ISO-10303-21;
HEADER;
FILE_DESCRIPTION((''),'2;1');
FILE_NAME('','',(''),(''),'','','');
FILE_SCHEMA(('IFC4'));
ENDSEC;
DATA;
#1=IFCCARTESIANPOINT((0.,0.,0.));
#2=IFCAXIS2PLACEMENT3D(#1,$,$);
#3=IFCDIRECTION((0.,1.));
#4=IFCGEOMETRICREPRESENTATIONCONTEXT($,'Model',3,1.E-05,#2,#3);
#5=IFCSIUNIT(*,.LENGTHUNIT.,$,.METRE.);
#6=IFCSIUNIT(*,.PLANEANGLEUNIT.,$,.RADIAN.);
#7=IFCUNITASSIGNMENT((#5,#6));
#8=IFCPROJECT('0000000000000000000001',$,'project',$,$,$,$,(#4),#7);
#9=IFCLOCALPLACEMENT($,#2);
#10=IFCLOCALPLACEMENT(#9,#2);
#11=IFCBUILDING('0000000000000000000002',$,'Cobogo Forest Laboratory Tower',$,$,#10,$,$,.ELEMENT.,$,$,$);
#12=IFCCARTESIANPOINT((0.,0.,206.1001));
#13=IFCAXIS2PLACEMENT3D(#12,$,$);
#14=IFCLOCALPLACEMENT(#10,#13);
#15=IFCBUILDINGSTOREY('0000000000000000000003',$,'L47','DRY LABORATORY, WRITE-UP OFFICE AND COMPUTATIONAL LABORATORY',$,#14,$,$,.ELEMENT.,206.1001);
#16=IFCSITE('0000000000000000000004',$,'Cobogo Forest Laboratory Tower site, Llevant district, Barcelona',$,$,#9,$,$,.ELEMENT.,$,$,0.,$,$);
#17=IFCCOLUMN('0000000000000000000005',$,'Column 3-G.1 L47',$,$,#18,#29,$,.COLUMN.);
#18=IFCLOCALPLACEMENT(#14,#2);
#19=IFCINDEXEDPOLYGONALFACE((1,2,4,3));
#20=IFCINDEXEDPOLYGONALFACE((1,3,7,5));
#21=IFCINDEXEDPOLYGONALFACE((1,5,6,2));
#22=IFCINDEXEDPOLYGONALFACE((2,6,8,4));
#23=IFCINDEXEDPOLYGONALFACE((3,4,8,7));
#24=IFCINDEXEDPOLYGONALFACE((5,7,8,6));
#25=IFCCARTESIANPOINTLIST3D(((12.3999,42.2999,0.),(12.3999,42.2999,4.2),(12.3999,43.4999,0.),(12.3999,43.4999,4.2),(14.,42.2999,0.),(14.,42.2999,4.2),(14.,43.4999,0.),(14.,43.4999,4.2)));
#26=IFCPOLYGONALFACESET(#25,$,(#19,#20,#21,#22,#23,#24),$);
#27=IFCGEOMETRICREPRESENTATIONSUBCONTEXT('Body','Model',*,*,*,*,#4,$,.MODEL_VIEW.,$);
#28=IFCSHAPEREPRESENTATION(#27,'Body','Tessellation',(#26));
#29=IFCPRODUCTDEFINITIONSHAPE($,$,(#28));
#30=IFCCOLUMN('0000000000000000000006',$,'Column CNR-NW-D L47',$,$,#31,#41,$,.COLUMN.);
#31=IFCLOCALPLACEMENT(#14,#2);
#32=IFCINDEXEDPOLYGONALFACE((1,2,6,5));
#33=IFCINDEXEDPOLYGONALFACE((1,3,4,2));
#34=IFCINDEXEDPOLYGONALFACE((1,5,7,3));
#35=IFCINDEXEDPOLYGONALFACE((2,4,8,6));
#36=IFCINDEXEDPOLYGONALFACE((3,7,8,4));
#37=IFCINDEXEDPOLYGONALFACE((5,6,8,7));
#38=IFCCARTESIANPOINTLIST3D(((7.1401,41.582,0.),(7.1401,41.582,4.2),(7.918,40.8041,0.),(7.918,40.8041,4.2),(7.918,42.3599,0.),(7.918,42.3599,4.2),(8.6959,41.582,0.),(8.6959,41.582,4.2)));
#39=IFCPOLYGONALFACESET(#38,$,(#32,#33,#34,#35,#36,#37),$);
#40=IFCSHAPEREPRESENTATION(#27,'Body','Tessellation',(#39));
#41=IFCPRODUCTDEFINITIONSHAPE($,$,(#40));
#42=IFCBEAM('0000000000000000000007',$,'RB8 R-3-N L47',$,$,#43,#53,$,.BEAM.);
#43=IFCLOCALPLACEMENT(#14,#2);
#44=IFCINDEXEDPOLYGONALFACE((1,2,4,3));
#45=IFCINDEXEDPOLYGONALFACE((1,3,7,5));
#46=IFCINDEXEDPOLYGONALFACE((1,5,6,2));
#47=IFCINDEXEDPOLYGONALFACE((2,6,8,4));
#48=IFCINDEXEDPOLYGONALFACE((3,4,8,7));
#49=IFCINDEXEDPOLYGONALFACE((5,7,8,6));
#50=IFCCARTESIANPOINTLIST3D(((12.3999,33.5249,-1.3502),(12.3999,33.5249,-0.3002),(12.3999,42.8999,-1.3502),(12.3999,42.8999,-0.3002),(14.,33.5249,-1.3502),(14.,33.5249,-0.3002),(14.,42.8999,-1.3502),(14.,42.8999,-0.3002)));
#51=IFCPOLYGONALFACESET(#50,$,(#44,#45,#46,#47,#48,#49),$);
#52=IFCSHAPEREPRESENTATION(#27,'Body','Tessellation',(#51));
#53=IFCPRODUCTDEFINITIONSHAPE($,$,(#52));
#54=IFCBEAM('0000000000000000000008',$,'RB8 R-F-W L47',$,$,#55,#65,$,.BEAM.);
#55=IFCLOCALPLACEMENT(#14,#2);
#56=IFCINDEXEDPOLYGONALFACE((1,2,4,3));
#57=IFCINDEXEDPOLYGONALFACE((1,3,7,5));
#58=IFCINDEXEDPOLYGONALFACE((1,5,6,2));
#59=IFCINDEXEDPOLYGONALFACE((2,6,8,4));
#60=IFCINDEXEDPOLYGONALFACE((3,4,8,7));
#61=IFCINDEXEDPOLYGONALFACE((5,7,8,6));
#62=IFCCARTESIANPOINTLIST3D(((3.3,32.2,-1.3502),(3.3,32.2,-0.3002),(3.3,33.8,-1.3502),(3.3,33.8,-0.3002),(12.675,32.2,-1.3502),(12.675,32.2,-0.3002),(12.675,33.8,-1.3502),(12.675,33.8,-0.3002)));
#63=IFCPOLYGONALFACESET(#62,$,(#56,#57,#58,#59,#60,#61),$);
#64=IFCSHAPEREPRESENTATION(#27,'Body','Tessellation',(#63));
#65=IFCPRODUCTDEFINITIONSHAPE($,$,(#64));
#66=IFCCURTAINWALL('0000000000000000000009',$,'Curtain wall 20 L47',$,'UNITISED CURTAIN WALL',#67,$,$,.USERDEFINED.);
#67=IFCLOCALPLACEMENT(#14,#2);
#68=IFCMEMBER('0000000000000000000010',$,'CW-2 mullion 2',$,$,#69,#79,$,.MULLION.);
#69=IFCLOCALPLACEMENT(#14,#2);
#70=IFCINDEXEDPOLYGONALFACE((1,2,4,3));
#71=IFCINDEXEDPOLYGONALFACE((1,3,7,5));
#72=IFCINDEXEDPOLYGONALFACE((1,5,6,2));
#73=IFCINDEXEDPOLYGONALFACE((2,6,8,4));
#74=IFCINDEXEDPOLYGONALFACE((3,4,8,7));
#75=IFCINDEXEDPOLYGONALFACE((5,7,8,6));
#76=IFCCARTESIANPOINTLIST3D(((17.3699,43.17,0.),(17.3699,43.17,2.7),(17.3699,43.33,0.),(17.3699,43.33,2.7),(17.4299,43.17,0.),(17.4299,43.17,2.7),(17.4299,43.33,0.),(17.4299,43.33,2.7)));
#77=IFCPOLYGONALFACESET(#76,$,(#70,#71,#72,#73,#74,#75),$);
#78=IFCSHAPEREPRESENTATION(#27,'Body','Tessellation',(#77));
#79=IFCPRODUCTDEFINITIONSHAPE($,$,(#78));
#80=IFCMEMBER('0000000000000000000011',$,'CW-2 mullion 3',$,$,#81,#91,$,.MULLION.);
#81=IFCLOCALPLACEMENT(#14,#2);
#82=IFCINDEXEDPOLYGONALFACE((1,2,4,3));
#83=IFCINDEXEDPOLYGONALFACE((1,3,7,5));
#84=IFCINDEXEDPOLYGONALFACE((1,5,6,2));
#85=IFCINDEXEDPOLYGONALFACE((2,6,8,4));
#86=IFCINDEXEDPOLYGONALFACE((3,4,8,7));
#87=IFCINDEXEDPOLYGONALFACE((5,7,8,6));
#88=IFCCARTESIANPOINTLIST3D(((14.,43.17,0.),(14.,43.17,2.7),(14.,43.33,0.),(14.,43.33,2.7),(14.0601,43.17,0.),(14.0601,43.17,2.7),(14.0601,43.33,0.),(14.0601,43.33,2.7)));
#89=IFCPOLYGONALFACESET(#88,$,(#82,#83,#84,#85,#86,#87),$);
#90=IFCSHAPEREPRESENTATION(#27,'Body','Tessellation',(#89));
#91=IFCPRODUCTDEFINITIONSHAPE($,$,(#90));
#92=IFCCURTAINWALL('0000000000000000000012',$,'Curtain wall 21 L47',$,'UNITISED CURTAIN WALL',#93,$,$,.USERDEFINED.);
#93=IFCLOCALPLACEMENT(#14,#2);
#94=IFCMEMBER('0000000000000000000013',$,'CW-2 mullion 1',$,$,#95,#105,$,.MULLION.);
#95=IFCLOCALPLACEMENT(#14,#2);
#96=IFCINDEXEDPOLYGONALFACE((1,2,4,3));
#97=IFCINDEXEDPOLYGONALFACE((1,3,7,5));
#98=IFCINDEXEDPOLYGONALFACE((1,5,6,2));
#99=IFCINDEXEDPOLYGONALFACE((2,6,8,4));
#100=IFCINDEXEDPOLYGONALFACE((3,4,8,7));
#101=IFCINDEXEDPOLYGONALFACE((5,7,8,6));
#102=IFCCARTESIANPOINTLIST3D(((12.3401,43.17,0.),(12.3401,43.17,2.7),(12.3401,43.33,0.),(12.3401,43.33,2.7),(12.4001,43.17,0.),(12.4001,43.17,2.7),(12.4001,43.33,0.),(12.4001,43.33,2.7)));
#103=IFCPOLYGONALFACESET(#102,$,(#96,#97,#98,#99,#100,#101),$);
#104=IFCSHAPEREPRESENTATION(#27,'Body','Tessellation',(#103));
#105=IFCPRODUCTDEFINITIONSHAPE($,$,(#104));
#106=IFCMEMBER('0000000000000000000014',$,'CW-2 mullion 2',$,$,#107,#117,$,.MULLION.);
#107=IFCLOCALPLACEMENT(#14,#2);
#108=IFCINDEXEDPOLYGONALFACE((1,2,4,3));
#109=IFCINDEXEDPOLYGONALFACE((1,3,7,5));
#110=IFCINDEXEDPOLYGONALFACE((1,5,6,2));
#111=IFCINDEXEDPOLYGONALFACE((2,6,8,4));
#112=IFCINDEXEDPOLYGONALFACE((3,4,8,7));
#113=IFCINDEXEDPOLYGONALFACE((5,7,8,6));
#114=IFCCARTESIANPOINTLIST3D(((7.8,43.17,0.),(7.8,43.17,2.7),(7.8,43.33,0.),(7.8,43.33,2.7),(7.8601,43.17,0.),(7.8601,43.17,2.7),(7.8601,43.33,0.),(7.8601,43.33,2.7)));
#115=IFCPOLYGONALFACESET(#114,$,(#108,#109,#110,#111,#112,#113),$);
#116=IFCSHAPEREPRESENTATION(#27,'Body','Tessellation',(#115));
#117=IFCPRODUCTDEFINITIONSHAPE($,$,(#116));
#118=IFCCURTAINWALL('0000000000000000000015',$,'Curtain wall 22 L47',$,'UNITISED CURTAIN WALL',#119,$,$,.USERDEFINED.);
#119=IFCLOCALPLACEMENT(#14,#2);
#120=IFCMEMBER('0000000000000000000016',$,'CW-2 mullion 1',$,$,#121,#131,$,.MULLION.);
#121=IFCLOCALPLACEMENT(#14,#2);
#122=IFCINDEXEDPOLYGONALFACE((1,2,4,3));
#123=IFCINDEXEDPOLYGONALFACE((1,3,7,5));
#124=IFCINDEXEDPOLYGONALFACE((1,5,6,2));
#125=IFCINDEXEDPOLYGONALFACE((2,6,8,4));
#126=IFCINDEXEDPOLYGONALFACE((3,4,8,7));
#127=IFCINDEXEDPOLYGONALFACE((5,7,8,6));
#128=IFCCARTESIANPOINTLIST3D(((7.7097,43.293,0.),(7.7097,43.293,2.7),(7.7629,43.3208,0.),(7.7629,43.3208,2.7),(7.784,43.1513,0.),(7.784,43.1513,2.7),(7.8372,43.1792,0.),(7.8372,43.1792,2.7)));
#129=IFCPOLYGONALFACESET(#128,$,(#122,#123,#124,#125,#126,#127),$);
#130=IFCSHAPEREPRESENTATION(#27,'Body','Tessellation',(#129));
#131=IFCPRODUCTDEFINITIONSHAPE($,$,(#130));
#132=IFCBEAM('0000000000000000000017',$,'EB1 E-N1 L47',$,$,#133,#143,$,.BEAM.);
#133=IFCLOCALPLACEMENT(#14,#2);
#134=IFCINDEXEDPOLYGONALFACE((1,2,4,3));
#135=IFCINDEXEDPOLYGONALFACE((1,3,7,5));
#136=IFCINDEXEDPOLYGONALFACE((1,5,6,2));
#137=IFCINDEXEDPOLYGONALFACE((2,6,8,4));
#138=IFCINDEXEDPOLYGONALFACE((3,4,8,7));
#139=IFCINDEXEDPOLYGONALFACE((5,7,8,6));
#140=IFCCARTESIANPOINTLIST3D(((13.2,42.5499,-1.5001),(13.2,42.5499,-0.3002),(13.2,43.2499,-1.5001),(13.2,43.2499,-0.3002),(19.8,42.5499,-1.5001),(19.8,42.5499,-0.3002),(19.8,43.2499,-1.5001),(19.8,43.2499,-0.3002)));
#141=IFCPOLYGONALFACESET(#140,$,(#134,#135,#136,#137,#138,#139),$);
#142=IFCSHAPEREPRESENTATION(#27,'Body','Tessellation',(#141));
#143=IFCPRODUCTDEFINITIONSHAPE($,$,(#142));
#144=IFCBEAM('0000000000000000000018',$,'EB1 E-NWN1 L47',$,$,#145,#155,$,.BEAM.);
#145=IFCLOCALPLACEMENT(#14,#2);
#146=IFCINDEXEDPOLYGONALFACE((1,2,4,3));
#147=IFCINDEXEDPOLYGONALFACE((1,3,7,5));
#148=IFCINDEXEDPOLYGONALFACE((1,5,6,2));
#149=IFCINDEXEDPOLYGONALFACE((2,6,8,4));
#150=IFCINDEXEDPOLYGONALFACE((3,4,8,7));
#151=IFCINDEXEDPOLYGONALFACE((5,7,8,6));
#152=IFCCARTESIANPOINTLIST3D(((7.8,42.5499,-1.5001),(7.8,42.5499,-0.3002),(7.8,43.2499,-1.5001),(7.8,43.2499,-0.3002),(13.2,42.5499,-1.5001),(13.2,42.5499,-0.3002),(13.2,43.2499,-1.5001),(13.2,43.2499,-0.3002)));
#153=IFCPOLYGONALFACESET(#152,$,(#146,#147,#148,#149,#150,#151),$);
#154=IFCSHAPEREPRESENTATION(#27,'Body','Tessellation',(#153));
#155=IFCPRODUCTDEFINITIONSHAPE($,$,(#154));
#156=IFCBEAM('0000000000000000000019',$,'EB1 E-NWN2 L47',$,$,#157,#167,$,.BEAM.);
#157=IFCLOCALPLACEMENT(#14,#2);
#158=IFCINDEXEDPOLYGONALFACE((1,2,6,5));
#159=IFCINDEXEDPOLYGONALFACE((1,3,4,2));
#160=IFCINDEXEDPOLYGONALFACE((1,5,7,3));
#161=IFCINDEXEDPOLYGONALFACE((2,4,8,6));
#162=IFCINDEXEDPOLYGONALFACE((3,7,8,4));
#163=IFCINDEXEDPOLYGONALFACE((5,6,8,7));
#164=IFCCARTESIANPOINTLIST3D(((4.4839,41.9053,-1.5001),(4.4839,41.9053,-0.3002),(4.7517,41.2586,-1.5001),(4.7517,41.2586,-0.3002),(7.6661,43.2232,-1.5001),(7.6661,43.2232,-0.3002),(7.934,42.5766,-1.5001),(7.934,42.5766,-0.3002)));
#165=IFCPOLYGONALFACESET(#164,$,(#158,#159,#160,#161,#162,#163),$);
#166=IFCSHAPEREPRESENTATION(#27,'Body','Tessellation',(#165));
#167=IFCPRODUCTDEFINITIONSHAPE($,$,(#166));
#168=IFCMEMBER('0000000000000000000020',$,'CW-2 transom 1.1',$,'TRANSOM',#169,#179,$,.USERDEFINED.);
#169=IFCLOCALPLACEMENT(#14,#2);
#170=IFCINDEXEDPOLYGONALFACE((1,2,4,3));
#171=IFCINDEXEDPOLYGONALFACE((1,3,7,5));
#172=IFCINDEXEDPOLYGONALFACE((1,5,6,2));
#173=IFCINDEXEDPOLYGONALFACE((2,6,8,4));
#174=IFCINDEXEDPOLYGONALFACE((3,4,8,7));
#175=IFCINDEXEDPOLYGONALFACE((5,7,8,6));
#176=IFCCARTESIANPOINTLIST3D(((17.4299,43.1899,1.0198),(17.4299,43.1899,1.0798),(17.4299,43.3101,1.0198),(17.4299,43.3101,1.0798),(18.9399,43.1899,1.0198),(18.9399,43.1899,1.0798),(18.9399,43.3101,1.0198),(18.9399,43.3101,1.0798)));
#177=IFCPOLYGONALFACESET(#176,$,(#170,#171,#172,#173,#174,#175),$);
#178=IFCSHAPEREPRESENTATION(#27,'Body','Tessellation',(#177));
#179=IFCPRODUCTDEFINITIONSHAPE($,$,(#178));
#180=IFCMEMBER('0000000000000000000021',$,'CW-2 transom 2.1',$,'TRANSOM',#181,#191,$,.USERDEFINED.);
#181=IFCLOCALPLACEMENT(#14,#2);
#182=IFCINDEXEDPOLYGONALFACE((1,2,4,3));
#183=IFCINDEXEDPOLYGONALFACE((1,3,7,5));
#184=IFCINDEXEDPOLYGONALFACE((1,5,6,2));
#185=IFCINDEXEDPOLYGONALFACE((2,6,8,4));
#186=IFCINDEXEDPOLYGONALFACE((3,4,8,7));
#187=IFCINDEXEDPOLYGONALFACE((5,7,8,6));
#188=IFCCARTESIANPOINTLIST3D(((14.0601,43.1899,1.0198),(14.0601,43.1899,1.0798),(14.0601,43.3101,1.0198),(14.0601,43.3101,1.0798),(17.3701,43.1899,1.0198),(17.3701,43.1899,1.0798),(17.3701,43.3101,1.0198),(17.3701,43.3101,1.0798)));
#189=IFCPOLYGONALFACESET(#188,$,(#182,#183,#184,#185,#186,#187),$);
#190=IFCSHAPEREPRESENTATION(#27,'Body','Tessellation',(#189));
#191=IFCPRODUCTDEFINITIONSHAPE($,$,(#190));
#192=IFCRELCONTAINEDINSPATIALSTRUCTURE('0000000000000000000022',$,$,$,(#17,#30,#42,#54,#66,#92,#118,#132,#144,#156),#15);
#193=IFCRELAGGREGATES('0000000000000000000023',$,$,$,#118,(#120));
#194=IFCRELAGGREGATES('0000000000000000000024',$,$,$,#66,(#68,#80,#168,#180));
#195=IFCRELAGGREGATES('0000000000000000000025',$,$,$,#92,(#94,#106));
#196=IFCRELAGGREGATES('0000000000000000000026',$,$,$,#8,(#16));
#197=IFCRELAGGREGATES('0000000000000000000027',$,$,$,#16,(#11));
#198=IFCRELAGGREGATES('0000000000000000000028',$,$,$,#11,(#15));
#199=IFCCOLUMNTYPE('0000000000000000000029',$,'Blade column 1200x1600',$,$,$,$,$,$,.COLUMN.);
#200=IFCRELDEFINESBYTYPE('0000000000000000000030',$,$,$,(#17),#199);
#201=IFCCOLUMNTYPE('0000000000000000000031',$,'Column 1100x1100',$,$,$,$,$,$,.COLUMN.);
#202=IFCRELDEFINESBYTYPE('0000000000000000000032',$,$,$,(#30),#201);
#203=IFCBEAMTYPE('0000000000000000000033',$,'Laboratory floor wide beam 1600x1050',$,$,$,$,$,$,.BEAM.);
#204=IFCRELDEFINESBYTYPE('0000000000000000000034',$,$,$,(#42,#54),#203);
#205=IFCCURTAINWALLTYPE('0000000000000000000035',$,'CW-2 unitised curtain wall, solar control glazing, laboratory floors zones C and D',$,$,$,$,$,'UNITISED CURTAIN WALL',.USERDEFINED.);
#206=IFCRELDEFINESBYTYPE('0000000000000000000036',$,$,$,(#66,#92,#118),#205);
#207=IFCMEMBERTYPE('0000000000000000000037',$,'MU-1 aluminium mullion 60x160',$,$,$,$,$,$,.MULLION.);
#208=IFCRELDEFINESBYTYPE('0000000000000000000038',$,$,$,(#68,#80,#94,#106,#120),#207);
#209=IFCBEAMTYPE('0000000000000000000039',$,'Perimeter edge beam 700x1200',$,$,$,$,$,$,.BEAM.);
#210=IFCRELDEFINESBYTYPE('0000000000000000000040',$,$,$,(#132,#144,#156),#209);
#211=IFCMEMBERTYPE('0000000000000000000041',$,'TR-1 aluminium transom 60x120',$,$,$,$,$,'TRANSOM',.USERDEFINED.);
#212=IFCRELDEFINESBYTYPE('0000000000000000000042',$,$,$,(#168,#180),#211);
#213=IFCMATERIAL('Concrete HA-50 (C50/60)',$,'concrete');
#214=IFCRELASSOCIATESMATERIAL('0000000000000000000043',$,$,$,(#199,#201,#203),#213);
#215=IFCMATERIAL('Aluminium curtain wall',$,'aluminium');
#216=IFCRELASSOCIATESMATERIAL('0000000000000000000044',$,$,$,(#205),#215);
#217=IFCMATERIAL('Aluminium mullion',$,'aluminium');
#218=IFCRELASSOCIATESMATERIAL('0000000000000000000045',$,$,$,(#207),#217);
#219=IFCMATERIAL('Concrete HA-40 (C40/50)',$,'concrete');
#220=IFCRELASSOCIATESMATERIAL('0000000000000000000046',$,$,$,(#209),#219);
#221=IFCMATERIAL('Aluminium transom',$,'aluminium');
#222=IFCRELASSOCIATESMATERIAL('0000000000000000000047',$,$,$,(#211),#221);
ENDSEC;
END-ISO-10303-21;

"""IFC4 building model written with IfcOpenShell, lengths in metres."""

from ifc_helpers import new_model, si_unit, direction, frame, origin, origin_2d, place, context, subcontext, project, spatial, rectangle, extrude, material, material_profile, profile_set, type_object, element, aggregate, save


model = new_model("IFC4")

# Units and contexts
model_context = context("Model", 3, precision=1e-05, world=origin(), true_north=direction((0.0, 1.0)))
body_context = subcontext(model_context, "Body", "Model", "MODEL_VIEW")
ifc_project = project(units=[si_unit("LENGTHUNIT", "METRE"), si_unit("PLANEANGLEUNIT", "RADIAN")], contexts=[model_context])

# Site, building, storey
site_placement = place(None, origin())
site = spatial("IfcSite", under=ifc_project, at=site_placement, Name="Cobogo Forest Laboratory Tower site, Llevant district, Barcelona", CompositionType="ELEMENT", RefElevation=0.0)
building_placement = place(site_placement, origin())
building = spatial("IfcBuilding", under=site, at=building_placement, Name="Cobogo Forest Laboratory Tower", CompositionType="ELEMENT")
storey_placement = place(building_placement, frame((0.0, 0.0, 206.1001)))
storey = spatial("IfcBuildingStorey", under=building, at=storey_placement, Name="L47", Description="DRY LABORATORY, WRITE-UP OFFICE AND COMPUTATIONAL LABORATORY", CompositionType="ELEMENT", Elevation=206.1001)

# Columns
ifc_material_1 = material(Name="Concrete HA-50 (C50/60)", Category="concrete")
ifc_material_profile_1 = material_profile(ifc_material_1, rectangle(XDim=1.6001, YDim=1.2, at=origin_2d()), Name="RC 1200x1600")
ifc_profile_set_1 = profile_set([ifc_material_profile_1], Name="Concrete HA-50 (C50/60)")
column_type_1 = type_object("IfcColumnType", Name="Blade column 1200x1600", PredefinedType="COLUMN", material=ifc_profile_set_1)
column_1_placement = place(storey_placement, frame((13.2, 42.8999, 0.0), z_axis=(0.0, 0.0, 1.0), x_axis=(1.0, 0.0, 0.0)))
element("IfcColumn", 1, at=column_1_placement, inside=storey, type_object=column_type_1, Name="Column 3-G.1 L47", PredefinedType="COLUMN", context=body_context, shape_type="SweptSolid", body=[
    extrude(rectangle(XDim=1.6001, YDim=1.2, at=origin_2d()), origin(), (0.0, 0.0, 1.0), 4.2),
])
ifc_material_profile_2 = material_profile(ifc_material_1, rectangle(XDim=1.1001, YDim=1.1001, at=origin_2d()), Name="RC 1100x1100")
ifc_profile_set_2 = profile_set([ifc_material_profile_2], Name="Concrete HA-50 (C50/60)")
column_type_2 = type_object("IfcColumnType", Name="Column 1100x1100", PredefinedType="COLUMN", material=ifc_profile_set_2)
column_2_placement = place(storey_placement, frame((7.918, 41.582, 0.0), z_axis=(0.0, 0.0, 1.0), x_axis=(0.707107, 0.707107, 0.0)))
element("IfcColumn", 2, at=column_2_placement, inside=storey, type_object=column_type_2, Name="Column CNR-NW-D L47", PredefinedType="COLUMN", context=body_context, shape_type="SweptSolid", body=[
    extrude(rectangle(XDim=1.1001, YDim=1.1001, at=origin_2d()), origin(), (0.0, 0.0, 1.0), 4.2),
])

# Beams
ifc_material_profile_3 = material_profile(ifc_material_1, rectangle(XDim=1.6001, YDim=1.05, at=origin_2d()), Name="RC 1600x1050")
ifc_profile_set_3 = profile_set([ifc_material_profile_3], Name="Concrete HA-50 (C50/60)")
beam_type_1 = type_object("IfcBeamType", Name="Laboratory floor wide beam 1600x1050", PredefinedType="BEAM", material=ifc_profile_set_3)
for number, where, z_axis, x_axis, name in (
    (3, (13.2, 33.5249, -0.8252), (0.0, 1.0, 0.0), (-1.0, 0.0, 0.0), "RB8 R-3-N L47"),
    (4, (12.675, 33.0, -0.8252), (-1.0, 0.0, 0.0), (0.0, -1.0, 0.0), "RB8 R-F-W L47"),
):
    element("IfcBeam", number, at=place(storey_placement, frame(where, z_axis=z_axis, x_axis=x_axis)), inside=storey, type_object=beam_type_1, Name=name, PredefinedType="BEAM", context=body_context, shape_type="SweptSolid", body=[
        extrude(rectangle(XDim=1.6001, YDim=1.05, at=origin_2d()), origin(), (0.0, 0.0, 1.0), 9.375),
    ])

# Curtain walls, members
ifc_material_2 = material(Name="Aluminium curtain wall", Category="aluminium")
curtain_wall_type = type_object("IfcCurtainWallType", Name="CW-2 unitised curtain wall, solar control glazing, laboratory floors zones C and D", ElementType="UNITISED CURTAIN WALL", PredefinedType="USERDEFINED", material=ifc_material_2)
curtain_wall_1_placement = place(storey_placement, origin())
curtain_wall_1 = element("IfcCurtainWall", 5, at=curtain_wall_1_placement, inside=storey, type_object=curtain_wall_type, Name="Curtain wall 20 L47", ObjectType="UNITISED CURTAIN WALL", PredefinedType="USERDEFINED")
ifc_material_3 = material(Name="Aluminium mullion", Category="aluminium")
ifc_material_profile_4 = material_profile(ifc_material_3, rectangle(XDim=0.0601, YDim=0.1599, at=origin_2d()), Name="AL 60x160")
ifc_profile_set_4 = profile_set([ifc_material_profile_4], Name="Aluminium mullion")
member_type_1 = type_object("IfcMemberType", Name="MU-1 aluminium mullion 60x160", PredefinedType="MULLION", material=ifc_profile_set_4)
member_1_placement = place(storey_placement, frame((17.3999, 43.25, 0.0), z_axis=(0.0, 0.0, 1.0), x_axis=(-1.0, 0.0, 0.0)))
member_1 = element("IfcMember", 6, at=member_1_placement, type_object=member_type_1, Name="CW-2 mullion 2", PredefinedType="MULLION", context=body_context, shape_type="SweptSolid", body=[
    extrude(rectangle(XDim=0.0601, YDim=0.1599, at=origin_2d()), origin(), (0.0, 0.0, 1.0), 2.7),
])
member_2_placement = place(storey_placement, frame((14.03, 43.25, 0.0), z_axis=(0.0, 0.0, 1.0), x_axis=(-1.0, 0.0, 0.0)))
member_2 = element("IfcMember", 7, at=member_2_placement, type_object=member_type_1, Name="CW-2 mullion 3", PredefinedType="MULLION", context=body_context, shape_type="SweptSolid", body=[
    extrude(rectangle(XDim=0.0601, YDim=0.1599, at=origin_2d()), origin(), (0.0, 0.0, 1.0), 2.7),
])
curtain_wall_2_placement = place(storey_placement, origin())
curtain_wall_2 = element("IfcCurtainWall", 8, at=curtain_wall_2_placement, inside=storey, type_object=curtain_wall_type, Name="Curtain wall 21 L47", ObjectType="UNITISED CURTAIN WALL", PredefinedType="USERDEFINED")
member_3_placement = place(storey_placement, frame((12.3701, 43.25, 0.0), z_axis=(0.0, 0.0, 1.0), x_axis=(-1.0, 0.0, 0.0)))
member_3 = element("IfcMember", 9, at=member_3_placement, type_object=member_type_1, Name="CW-2 mullion 1", PredefinedType="MULLION", context=body_context, shape_type="SweptSolid", body=[
    extrude(rectangle(XDim=0.0601, YDim=0.1599, at=origin_2d()), origin(), (0.0, 0.0, 1.0), 2.7),
])
member_4_placement = place(storey_placement, frame((7.8301, 43.25, 0.0), z_axis=(0.0, 0.0, 1.0), x_axis=(-1.0, 0.0, 0.0)))
member_4 = element("IfcMember", 10, at=member_4_placement, type_object=member_type_1, Name="CW-2 mullion 2", PredefinedType="MULLION", context=body_context, shape_type="SweptSolid", body=[
    extrude(rectangle(XDim=0.0601, YDim=0.1599, at=origin_2d()), origin(), (0.0, 0.0, 1.0), 2.7),
])

# Curtain wall, member
curtain_wall_3_placement = place(storey_placement, origin())
curtain_wall_3 = element("IfcCurtainWall", 11, at=curtain_wall_3_placement, inside=storey, type_object=curtain_wall_type, Name="Curtain wall 22 L47", ObjectType="UNITISED CURTAIN WALL", PredefinedType="USERDEFINED")
member_5_placement = place(storey_placement, frame((7.7734, 43.2361, 0.0), z_axis=(0.0, 0.0, 1.0), x_axis=(-0.885686, -0.464284, 0.0)))
member_5 = element("IfcMember", 12, at=member_5_placement, type_object=member_type_1, Name="CW-2 mullion 1", PredefinedType="MULLION", context=body_context, shape_type="SweptSolid", body=[
    extrude(rectangle(XDim=0.0601, YDim=0.1599, at=origin_2d()), origin(), (0.0, 0.0, 1.0), 2.7),
])

# Beams
ifc_material_4 = material(Name="Concrete HA-40 (C40/50)", Category="concrete")
ifc_material_profile_5 = material_profile(ifc_material_4, rectangle(XDim=0.7, YDim=1.2, at=origin_2d()), Name="RC 700x1200")
ifc_profile_set_5 = profile_set([ifc_material_profile_5], Name="Concrete HA-40 (C40/50)")
beam_type_2 = type_object("IfcBeamType", Name="Perimeter edge beam 700x1200", PredefinedType="BEAM", material=ifc_profile_set_5)
beam_1_placement = place(storey_placement, frame((13.2, 42.8999, -0.9001), z_axis=(1.0, 0.0, 0.0), x_axis=(0.0, 1.0, 0.0)))
element("IfcBeam", 13, at=beam_1_placement, inside=storey, type_object=beam_type_2, Name="EB1 E-N1 L47", PredefinedType="BEAM", context=body_context, shape_type="SweptSolid", body=[
    extrude(rectangle(XDim=0.7, YDim=1.2, at=origin_2d()), origin(), (0.0, 0.0, 1.0), 6.6001),
])
beam_2_placement = place(storey_placement, frame((13.2, 42.8999, -0.9001), z_axis=(-1.0, 0.0, 0.0), x_axis=(0.0, -1.0, 0.0)))
element("IfcBeam", 14, at=beam_2_placement, inside=storey, type_object=beam_type_2, Name="EB1 E-NWN1 L47", PredefinedType="BEAM", context=body_context, shape_type="SweptSolid", body=[
    extrude(rectangle(XDim=0.7, YDim=1.2, at=origin_2d()), origin(), (0.0, 0.0, 1.0), 5.3999),
])
beam_3_placement = place(storey_placement, frame((7.8, 42.8999, -0.9001), z_axis=(-0.923901, -0.382631, 0.0), x_axis=(0.382631, -0.923901, 0.0)))
element("IfcBeam", 15, at=beam_3_placement, inside=storey, type_object=beam_type_2, Name="EB1 E-NWN2 L47", PredefinedType="BEAM", context=body_context, shape_type="SweptSolid", body=[
    extrude(rectangle(XDim=0.7, YDim=1.2, at=origin_2d()), origin(), (0.0, 0.0, 1.0), 3.4443),
])

# Members
ifc_material_5 = material(Name="Aluminium transom", Category="aluminium")
ifc_material_profile_6 = material_profile(ifc_material_5, rectangle(XDim=0.1201, YDim=0.0601, at=origin_2d()), Name="AL 60x120")
ifc_profile_set_6 = profile_set([ifc_material_profile_6], Name="Aluminium transom")
member_type_2 = type_object("IfcMemberType", Name="TR-1 aluminium transom 60x120", ElementType="TRANSOM", PredefinedType="USERDEFINED", material=ifc_profile_set_6)
member_6_placement = place(storey_placement, frame((18.9399, 43.25, 1.0498), z_axis=(-1.0, 0.0, 0.0), x_axis=(0.0, -1.0, 0.0)))
member_6 = element("IfcMember", 16, at=member_6_placement, type_object=member_type_2, Name="CW-2 transom 1.1", ObjectType="TRANSOM", PredefinedType="USERDEFINED", context=body_context, shape_type="SweptSolid", body=[
    extrude(rectangle(XDim=0.1201, YDim=0.0601, at=origin_2d()), origin(), (0.0, 0.0, 1.0), 1.51),
])
member_7_placement = place(storey_placement, frame((17.3701, 43.25, 1.0498), z_axis=(-1.0, 0.0, 0.0), x_axis=(0.0, -1.0, 0.0)))
member_7 = element("IfcMember", 17, at=member_7_placement, type_object=member_type_2, Name="CW-2 transom 2.1", ObjectType="TRANSOM", PredefinedType="USERDEFINED", context=body_context, shape_type="SweptSolid", body=[
    extrude(rectangle(XDim=0.1201, YDim=0.0601, at=origin_2d()), origin(), (0.0, 0.0, 1.0), 3.3101),
])
aggregate(curtain_wall_3, [member_5])

aggregate(curtain_wall_1, [member_1, member_2, member_6, member_7])
aggregate(curtain_wall_2, [member_3, member_4])

save(model, "model.ifc")
